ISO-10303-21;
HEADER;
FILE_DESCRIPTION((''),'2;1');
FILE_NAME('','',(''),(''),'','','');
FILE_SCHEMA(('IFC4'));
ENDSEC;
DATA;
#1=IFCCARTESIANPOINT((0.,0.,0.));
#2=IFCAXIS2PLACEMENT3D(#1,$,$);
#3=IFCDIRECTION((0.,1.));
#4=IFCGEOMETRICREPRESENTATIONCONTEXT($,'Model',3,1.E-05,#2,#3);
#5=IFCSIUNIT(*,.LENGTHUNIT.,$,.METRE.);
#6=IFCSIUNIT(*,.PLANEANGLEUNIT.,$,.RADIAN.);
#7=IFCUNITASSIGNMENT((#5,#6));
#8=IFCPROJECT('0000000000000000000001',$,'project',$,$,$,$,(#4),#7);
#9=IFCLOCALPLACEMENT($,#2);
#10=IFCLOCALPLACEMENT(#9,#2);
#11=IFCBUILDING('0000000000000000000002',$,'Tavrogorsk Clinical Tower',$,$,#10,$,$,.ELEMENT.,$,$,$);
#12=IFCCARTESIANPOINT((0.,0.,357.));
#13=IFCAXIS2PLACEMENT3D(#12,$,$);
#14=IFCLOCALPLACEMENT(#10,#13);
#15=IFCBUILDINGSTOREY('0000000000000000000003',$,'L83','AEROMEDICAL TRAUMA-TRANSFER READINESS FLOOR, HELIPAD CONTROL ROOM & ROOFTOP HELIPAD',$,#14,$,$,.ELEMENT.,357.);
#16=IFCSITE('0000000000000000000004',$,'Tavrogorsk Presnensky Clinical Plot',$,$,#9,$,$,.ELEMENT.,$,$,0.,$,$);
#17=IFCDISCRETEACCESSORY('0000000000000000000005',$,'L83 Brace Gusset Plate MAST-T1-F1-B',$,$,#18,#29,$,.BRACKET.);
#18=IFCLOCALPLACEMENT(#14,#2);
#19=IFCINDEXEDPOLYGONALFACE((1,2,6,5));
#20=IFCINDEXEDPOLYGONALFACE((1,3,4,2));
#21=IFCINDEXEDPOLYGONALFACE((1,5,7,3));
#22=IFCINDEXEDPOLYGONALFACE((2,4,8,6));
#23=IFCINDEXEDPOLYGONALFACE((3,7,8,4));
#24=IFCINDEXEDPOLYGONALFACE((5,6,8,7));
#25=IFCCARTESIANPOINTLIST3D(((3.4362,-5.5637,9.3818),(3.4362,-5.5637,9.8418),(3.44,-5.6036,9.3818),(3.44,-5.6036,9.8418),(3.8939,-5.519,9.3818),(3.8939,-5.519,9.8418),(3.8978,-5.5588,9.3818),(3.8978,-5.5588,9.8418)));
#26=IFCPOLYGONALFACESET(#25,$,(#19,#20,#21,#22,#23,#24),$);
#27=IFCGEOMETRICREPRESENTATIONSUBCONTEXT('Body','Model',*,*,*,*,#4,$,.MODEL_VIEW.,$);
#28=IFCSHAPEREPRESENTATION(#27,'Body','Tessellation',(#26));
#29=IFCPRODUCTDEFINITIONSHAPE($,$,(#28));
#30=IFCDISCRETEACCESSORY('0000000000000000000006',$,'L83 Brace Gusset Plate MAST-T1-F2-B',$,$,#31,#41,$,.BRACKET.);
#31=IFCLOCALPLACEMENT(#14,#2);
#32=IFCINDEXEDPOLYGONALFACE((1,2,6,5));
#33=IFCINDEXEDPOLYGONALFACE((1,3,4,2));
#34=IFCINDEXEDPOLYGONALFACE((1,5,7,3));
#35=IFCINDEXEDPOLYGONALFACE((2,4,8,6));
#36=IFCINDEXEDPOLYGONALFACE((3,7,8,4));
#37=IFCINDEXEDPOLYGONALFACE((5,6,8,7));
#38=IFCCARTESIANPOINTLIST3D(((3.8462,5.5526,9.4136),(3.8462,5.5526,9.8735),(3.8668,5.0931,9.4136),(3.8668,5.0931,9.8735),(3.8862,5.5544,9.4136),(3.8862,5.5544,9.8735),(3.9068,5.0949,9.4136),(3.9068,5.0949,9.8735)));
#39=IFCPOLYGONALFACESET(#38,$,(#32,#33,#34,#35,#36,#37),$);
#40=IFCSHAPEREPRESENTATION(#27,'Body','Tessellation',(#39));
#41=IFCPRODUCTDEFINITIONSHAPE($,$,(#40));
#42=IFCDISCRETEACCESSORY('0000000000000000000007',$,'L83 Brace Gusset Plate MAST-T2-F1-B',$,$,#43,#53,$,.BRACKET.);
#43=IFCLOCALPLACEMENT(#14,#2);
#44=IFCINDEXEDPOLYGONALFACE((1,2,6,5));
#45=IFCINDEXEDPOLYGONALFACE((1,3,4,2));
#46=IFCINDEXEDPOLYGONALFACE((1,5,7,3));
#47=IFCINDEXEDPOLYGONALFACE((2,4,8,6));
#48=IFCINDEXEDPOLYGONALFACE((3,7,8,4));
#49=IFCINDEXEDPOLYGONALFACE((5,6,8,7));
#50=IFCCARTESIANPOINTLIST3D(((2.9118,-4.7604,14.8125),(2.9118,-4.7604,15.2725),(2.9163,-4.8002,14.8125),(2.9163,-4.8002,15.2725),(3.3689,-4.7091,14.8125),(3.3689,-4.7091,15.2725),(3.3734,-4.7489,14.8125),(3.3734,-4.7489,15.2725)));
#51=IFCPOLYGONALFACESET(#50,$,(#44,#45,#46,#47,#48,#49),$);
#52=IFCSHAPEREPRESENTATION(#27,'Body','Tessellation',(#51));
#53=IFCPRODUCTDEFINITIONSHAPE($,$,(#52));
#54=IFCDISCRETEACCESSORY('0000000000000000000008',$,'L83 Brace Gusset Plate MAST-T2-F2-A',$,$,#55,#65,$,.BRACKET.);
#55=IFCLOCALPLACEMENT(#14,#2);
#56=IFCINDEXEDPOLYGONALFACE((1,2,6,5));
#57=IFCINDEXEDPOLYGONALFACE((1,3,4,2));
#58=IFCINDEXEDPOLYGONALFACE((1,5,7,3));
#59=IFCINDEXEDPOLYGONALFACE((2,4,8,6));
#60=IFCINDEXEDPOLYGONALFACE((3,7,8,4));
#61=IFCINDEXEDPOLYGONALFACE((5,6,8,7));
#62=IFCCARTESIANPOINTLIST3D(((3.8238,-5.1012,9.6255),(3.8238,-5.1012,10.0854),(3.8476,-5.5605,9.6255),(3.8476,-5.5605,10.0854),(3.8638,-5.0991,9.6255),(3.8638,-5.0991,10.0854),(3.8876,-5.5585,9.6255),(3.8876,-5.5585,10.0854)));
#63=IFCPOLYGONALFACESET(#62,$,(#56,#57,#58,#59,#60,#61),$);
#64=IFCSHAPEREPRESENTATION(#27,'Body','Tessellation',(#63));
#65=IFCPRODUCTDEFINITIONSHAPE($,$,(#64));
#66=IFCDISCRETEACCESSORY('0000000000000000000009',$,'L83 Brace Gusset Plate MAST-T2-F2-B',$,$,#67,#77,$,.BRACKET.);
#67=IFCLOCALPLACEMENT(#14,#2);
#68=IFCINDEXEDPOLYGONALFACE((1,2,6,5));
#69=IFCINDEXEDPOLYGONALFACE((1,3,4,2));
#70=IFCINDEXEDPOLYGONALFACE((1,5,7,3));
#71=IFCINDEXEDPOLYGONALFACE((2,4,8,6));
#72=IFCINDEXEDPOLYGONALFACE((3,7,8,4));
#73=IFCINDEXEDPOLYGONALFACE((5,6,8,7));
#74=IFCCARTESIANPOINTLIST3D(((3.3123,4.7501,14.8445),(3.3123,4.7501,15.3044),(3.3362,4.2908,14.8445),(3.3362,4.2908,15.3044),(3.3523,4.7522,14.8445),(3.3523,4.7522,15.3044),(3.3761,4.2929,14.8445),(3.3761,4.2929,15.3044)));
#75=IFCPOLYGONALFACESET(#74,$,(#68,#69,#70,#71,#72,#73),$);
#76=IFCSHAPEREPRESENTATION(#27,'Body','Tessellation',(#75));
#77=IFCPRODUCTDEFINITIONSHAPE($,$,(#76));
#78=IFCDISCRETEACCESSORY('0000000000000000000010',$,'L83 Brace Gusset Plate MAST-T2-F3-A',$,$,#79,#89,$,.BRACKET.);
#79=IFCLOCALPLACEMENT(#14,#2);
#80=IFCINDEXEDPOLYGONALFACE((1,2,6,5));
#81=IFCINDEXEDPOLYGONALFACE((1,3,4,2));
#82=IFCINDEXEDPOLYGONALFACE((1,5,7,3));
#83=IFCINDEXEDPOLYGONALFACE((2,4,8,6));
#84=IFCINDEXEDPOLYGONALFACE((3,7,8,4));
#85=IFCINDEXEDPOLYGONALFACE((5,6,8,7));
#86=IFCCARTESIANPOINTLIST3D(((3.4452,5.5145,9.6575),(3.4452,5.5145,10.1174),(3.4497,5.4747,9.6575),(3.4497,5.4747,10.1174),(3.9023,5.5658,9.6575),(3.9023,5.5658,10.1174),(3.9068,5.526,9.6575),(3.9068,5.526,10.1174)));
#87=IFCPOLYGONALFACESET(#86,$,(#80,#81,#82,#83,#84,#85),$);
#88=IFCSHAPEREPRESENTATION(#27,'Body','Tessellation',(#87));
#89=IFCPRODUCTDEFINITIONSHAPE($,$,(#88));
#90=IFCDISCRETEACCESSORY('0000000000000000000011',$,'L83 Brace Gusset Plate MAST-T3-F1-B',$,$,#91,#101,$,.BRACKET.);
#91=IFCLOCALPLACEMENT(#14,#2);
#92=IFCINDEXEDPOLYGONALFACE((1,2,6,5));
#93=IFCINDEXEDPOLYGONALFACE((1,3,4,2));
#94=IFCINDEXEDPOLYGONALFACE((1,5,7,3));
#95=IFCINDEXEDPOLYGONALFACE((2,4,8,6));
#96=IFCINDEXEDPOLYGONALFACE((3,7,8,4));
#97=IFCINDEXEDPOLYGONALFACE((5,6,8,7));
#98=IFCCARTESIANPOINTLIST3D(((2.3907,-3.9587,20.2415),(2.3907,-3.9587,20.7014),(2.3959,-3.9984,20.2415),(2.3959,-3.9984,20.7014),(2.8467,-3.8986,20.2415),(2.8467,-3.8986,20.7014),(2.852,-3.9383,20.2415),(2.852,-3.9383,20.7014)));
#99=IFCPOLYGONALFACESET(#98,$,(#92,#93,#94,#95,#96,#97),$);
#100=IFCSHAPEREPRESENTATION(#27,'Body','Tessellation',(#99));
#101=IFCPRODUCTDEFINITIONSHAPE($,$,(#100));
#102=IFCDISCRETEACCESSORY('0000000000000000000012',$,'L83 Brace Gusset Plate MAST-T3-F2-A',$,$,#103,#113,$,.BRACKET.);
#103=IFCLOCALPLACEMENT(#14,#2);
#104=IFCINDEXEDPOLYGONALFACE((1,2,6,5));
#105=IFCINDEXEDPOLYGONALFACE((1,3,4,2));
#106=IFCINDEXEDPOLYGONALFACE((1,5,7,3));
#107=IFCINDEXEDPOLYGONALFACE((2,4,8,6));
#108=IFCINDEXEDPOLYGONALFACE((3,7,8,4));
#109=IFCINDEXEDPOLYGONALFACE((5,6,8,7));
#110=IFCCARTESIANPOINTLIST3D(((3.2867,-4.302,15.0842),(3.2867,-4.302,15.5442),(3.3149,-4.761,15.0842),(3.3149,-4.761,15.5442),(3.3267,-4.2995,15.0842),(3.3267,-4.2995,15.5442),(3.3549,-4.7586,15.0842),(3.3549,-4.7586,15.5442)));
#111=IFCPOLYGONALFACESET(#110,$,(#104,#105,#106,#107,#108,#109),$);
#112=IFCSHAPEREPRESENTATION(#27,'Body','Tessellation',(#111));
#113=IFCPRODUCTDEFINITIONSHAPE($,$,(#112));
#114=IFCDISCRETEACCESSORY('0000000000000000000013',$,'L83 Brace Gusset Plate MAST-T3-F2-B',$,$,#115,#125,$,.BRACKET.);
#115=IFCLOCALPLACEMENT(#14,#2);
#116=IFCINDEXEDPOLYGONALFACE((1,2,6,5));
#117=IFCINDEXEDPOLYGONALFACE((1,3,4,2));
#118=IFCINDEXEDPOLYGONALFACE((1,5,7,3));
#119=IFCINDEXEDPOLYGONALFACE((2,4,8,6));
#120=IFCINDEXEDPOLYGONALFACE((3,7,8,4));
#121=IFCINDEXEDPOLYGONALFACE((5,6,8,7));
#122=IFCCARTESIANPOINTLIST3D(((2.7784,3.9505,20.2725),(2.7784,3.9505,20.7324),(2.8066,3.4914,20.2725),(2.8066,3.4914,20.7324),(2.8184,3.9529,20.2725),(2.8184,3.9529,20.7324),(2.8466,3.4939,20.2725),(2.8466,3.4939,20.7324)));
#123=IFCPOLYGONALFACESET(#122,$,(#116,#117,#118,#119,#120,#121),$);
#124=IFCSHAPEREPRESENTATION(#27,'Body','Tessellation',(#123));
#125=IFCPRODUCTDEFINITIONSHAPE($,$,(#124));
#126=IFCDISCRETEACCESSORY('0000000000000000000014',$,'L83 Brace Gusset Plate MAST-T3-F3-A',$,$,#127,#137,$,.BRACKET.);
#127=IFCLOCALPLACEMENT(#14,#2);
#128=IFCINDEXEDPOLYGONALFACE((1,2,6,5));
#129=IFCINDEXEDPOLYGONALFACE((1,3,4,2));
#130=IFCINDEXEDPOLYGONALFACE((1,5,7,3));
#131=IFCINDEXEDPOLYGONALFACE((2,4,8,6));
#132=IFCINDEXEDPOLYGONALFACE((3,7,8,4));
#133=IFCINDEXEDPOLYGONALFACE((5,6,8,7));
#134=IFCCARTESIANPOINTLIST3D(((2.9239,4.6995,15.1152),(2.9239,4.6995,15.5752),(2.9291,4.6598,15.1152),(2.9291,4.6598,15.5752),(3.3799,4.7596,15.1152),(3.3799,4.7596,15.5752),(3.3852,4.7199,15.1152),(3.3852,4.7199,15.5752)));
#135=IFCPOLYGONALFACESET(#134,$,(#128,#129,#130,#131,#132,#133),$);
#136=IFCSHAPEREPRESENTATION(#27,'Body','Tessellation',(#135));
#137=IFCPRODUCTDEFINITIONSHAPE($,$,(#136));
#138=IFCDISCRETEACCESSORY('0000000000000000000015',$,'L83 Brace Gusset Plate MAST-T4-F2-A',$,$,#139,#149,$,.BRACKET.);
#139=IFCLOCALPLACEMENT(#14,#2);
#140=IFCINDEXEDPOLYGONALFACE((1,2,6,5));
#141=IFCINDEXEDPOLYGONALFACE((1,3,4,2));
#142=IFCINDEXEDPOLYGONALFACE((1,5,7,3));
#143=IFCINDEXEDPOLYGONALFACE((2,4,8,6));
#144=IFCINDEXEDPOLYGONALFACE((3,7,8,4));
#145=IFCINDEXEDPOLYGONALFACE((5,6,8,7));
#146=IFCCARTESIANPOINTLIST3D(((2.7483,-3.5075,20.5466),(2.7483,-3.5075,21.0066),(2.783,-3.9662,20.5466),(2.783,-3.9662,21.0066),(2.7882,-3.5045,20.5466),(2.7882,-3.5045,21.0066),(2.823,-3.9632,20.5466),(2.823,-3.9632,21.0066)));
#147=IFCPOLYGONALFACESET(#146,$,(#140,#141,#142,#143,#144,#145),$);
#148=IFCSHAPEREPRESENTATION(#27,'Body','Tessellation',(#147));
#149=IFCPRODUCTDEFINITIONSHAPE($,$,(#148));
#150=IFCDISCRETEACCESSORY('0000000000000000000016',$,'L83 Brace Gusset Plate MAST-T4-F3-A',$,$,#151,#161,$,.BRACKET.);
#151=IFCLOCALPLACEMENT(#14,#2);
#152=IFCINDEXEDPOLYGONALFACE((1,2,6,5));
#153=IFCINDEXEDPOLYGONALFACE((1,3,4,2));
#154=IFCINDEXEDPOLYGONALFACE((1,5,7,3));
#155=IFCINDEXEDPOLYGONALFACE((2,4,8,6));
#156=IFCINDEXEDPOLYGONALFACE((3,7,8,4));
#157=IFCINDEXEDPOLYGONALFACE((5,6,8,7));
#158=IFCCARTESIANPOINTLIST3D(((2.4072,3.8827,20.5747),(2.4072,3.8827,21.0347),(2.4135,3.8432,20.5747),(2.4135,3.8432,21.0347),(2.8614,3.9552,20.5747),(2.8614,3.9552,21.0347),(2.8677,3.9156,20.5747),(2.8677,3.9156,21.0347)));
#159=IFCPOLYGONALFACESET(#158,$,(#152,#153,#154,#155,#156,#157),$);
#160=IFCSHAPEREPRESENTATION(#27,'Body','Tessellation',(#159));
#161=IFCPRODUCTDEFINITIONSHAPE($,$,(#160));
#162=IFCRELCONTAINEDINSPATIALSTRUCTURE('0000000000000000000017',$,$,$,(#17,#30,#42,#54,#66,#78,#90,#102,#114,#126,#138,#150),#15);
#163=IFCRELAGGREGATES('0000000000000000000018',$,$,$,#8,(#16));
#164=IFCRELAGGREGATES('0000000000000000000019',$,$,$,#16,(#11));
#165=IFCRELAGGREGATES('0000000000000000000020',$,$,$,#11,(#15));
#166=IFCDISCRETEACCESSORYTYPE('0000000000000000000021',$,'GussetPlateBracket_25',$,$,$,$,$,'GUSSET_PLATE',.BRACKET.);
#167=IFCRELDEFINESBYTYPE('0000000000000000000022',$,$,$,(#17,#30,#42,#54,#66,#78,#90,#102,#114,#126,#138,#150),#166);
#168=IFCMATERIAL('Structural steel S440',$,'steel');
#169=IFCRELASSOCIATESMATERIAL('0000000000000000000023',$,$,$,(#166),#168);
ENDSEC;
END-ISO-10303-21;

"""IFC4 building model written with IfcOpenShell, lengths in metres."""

from ifc_helpers import new_model, si_unit, direction, frame, origin, origin_2d, place, context, subcontext, project, spatial, rectangle, extrude, material, type_object, element, save


model = new_model("IFC4")

# Units and contexts
model_context = context("Model", 3, precision=1e-05, world=origin(), true_north=direction((0.0, 1.0)))
body_context = subcontext(model_context, "Body", "Model", "MODEL_VIEW")
ifc_project = project(units=[si_unit("LENGTHUNIT", "METRE"), si_unit("PLANEANGLEUNIT", "RADIAN")], contexts=[model_context])

# Site, building, storey
site_placement = place(None, origin())
site = spatial("IfcSite", under=ifc_project, at=site_placement, Name="Tavrogorsk Presnensky Clinical Plot", CompositionType="ELEMENT", RefElevation=0.0)
building_placement = place(site_placement, origin())
building = spatial("IfcBuilding", under=site, at=building_placement, Name="Tavrogorsk Clinical Tower", CompositionType="ELEMENT")
storey_placement = place(building_placement, frame((0.0, 0.0, 357.0)))
storey = spatial("IfcBuildingStorey", under=building, at=storey_placement, Name="L83", Description="AEROMEDICAL TRAUMA-TRANSFER READINESS FLOOR, HELIPAD CONTROL ROOM & ROOFTOP HELIPAD", CompositionType="ELEMENT", Elevation=357.0)

# Discrete accessories
ifc_material_1 = material(Name="Structural steel S440", Category="steel")
discrete_accessory_type = type_object("IfcDiscreteAccessoryType", Name="GussetPlateBracket_25", ElementType="GUSSET_PLATE", PredefinedType="BRACKET", material=ifc_material_1)
for number, where, z_axis, x_axis, name in (
    (1, (3.667, -5.5613, 9.3818), (0.0, 0.0, 1.0), (0.995261, 0.097235, 0.0), "L83 Brace Gusset Plate MAST-T1-F1-B"),
    (2, (3.8765, 5.3237, 9.4136), (0.0, 0.0, 1.0), (-0.04484, 0.998994, 0.0), "L83 Brace Gusset Plate MAST-T1-F2-B"),
    (3, (3.1426, -4.7546, 14.8125), (0.0, 0.0, 1.0), (0.993748, 0.111642, 0.0), "L83 Brace Gusset Plate MAST-T2-F1-B"),
    (4, (3.8557, -5.3298, 9.6255), (0.0, 0.0, 1.0), (-0.051813, 0.998657, 0.0), "L83 Brace Gusset Plate MAST-T2-F2-A"),
    (5, (3.3442, 4.5215, 14.8445), (0.0, 0.0, 1.0), (-0.051813, 0.998657, 0.0), "L83 Brace Gusset Plate MAST-T2-F2-B"),
    (6, (3.676, 5.5203, 9.6575), (0.0, 0.0, 1.0), (-0.993748, -0.111642, 0.0), "L83 Brace Gusset Plate MAST-T2-F3-A"),
    (7, (2.6213, -3.9485, 20.2415), (0.0, 0.0, 1.0), (0.991422, 0.130699, 0.0), "L83 Brace Gusset Plate MAST-T3-F1-B"),
    (8, (3.3208, -4.5303, 15.0842), (0.0, 0.0, 1.0), (-0.061397, 0.998113, 0.0), "L83 Brace Gusset Plate MAST-T3-F2-A"),
    (9, (2.8125, 3.7222, 20.2725), (0.0, 0.0, 1.0), (-0.061397, 0.998113, 0.0), "L83 Brace Gusset Plate MAST-T3-F2-B"),
    (10, (3.1545, 4.7097, 15.1152), (0.0, 0.0, 1.0), (-0.991422, -0.130699, 0.0), "L83 Brace Gusset Plate MAST-T3-F3-A"),
    (11, (2.7856, -3.7354, 20.5466), (0.0, 0.0, 1.0), (-0.075501, 0.997146, 0.0), "L83 Brace Gusset Plate MAST-T4-F2-A"),
    (12, (2.6375, 3.8992, 20.5747), (0.0, 0.0, 1.0), (-0.987524, -0.157469, 0.0), "L83 Brace Gusset Plate MAST-T4-F3-A"),
):
    element("IfcDiscreteAccessory", number, at=place(storey_placement, frame(where, z_axis=z_axis, x_axis=x_axis)), inside=storey, type_object=discrete_accessory_type, Name=name, PredefinedType="BRACKET", context=body_context, shape_type="SweptSolid", body=[
        extrude(rectangle(XDim=0.46, YDim=0.04, at=origin_2d()), origin(), (0.0, 0.0, 1.0), 0.46),
    ])

save(model, "model.ifc")
